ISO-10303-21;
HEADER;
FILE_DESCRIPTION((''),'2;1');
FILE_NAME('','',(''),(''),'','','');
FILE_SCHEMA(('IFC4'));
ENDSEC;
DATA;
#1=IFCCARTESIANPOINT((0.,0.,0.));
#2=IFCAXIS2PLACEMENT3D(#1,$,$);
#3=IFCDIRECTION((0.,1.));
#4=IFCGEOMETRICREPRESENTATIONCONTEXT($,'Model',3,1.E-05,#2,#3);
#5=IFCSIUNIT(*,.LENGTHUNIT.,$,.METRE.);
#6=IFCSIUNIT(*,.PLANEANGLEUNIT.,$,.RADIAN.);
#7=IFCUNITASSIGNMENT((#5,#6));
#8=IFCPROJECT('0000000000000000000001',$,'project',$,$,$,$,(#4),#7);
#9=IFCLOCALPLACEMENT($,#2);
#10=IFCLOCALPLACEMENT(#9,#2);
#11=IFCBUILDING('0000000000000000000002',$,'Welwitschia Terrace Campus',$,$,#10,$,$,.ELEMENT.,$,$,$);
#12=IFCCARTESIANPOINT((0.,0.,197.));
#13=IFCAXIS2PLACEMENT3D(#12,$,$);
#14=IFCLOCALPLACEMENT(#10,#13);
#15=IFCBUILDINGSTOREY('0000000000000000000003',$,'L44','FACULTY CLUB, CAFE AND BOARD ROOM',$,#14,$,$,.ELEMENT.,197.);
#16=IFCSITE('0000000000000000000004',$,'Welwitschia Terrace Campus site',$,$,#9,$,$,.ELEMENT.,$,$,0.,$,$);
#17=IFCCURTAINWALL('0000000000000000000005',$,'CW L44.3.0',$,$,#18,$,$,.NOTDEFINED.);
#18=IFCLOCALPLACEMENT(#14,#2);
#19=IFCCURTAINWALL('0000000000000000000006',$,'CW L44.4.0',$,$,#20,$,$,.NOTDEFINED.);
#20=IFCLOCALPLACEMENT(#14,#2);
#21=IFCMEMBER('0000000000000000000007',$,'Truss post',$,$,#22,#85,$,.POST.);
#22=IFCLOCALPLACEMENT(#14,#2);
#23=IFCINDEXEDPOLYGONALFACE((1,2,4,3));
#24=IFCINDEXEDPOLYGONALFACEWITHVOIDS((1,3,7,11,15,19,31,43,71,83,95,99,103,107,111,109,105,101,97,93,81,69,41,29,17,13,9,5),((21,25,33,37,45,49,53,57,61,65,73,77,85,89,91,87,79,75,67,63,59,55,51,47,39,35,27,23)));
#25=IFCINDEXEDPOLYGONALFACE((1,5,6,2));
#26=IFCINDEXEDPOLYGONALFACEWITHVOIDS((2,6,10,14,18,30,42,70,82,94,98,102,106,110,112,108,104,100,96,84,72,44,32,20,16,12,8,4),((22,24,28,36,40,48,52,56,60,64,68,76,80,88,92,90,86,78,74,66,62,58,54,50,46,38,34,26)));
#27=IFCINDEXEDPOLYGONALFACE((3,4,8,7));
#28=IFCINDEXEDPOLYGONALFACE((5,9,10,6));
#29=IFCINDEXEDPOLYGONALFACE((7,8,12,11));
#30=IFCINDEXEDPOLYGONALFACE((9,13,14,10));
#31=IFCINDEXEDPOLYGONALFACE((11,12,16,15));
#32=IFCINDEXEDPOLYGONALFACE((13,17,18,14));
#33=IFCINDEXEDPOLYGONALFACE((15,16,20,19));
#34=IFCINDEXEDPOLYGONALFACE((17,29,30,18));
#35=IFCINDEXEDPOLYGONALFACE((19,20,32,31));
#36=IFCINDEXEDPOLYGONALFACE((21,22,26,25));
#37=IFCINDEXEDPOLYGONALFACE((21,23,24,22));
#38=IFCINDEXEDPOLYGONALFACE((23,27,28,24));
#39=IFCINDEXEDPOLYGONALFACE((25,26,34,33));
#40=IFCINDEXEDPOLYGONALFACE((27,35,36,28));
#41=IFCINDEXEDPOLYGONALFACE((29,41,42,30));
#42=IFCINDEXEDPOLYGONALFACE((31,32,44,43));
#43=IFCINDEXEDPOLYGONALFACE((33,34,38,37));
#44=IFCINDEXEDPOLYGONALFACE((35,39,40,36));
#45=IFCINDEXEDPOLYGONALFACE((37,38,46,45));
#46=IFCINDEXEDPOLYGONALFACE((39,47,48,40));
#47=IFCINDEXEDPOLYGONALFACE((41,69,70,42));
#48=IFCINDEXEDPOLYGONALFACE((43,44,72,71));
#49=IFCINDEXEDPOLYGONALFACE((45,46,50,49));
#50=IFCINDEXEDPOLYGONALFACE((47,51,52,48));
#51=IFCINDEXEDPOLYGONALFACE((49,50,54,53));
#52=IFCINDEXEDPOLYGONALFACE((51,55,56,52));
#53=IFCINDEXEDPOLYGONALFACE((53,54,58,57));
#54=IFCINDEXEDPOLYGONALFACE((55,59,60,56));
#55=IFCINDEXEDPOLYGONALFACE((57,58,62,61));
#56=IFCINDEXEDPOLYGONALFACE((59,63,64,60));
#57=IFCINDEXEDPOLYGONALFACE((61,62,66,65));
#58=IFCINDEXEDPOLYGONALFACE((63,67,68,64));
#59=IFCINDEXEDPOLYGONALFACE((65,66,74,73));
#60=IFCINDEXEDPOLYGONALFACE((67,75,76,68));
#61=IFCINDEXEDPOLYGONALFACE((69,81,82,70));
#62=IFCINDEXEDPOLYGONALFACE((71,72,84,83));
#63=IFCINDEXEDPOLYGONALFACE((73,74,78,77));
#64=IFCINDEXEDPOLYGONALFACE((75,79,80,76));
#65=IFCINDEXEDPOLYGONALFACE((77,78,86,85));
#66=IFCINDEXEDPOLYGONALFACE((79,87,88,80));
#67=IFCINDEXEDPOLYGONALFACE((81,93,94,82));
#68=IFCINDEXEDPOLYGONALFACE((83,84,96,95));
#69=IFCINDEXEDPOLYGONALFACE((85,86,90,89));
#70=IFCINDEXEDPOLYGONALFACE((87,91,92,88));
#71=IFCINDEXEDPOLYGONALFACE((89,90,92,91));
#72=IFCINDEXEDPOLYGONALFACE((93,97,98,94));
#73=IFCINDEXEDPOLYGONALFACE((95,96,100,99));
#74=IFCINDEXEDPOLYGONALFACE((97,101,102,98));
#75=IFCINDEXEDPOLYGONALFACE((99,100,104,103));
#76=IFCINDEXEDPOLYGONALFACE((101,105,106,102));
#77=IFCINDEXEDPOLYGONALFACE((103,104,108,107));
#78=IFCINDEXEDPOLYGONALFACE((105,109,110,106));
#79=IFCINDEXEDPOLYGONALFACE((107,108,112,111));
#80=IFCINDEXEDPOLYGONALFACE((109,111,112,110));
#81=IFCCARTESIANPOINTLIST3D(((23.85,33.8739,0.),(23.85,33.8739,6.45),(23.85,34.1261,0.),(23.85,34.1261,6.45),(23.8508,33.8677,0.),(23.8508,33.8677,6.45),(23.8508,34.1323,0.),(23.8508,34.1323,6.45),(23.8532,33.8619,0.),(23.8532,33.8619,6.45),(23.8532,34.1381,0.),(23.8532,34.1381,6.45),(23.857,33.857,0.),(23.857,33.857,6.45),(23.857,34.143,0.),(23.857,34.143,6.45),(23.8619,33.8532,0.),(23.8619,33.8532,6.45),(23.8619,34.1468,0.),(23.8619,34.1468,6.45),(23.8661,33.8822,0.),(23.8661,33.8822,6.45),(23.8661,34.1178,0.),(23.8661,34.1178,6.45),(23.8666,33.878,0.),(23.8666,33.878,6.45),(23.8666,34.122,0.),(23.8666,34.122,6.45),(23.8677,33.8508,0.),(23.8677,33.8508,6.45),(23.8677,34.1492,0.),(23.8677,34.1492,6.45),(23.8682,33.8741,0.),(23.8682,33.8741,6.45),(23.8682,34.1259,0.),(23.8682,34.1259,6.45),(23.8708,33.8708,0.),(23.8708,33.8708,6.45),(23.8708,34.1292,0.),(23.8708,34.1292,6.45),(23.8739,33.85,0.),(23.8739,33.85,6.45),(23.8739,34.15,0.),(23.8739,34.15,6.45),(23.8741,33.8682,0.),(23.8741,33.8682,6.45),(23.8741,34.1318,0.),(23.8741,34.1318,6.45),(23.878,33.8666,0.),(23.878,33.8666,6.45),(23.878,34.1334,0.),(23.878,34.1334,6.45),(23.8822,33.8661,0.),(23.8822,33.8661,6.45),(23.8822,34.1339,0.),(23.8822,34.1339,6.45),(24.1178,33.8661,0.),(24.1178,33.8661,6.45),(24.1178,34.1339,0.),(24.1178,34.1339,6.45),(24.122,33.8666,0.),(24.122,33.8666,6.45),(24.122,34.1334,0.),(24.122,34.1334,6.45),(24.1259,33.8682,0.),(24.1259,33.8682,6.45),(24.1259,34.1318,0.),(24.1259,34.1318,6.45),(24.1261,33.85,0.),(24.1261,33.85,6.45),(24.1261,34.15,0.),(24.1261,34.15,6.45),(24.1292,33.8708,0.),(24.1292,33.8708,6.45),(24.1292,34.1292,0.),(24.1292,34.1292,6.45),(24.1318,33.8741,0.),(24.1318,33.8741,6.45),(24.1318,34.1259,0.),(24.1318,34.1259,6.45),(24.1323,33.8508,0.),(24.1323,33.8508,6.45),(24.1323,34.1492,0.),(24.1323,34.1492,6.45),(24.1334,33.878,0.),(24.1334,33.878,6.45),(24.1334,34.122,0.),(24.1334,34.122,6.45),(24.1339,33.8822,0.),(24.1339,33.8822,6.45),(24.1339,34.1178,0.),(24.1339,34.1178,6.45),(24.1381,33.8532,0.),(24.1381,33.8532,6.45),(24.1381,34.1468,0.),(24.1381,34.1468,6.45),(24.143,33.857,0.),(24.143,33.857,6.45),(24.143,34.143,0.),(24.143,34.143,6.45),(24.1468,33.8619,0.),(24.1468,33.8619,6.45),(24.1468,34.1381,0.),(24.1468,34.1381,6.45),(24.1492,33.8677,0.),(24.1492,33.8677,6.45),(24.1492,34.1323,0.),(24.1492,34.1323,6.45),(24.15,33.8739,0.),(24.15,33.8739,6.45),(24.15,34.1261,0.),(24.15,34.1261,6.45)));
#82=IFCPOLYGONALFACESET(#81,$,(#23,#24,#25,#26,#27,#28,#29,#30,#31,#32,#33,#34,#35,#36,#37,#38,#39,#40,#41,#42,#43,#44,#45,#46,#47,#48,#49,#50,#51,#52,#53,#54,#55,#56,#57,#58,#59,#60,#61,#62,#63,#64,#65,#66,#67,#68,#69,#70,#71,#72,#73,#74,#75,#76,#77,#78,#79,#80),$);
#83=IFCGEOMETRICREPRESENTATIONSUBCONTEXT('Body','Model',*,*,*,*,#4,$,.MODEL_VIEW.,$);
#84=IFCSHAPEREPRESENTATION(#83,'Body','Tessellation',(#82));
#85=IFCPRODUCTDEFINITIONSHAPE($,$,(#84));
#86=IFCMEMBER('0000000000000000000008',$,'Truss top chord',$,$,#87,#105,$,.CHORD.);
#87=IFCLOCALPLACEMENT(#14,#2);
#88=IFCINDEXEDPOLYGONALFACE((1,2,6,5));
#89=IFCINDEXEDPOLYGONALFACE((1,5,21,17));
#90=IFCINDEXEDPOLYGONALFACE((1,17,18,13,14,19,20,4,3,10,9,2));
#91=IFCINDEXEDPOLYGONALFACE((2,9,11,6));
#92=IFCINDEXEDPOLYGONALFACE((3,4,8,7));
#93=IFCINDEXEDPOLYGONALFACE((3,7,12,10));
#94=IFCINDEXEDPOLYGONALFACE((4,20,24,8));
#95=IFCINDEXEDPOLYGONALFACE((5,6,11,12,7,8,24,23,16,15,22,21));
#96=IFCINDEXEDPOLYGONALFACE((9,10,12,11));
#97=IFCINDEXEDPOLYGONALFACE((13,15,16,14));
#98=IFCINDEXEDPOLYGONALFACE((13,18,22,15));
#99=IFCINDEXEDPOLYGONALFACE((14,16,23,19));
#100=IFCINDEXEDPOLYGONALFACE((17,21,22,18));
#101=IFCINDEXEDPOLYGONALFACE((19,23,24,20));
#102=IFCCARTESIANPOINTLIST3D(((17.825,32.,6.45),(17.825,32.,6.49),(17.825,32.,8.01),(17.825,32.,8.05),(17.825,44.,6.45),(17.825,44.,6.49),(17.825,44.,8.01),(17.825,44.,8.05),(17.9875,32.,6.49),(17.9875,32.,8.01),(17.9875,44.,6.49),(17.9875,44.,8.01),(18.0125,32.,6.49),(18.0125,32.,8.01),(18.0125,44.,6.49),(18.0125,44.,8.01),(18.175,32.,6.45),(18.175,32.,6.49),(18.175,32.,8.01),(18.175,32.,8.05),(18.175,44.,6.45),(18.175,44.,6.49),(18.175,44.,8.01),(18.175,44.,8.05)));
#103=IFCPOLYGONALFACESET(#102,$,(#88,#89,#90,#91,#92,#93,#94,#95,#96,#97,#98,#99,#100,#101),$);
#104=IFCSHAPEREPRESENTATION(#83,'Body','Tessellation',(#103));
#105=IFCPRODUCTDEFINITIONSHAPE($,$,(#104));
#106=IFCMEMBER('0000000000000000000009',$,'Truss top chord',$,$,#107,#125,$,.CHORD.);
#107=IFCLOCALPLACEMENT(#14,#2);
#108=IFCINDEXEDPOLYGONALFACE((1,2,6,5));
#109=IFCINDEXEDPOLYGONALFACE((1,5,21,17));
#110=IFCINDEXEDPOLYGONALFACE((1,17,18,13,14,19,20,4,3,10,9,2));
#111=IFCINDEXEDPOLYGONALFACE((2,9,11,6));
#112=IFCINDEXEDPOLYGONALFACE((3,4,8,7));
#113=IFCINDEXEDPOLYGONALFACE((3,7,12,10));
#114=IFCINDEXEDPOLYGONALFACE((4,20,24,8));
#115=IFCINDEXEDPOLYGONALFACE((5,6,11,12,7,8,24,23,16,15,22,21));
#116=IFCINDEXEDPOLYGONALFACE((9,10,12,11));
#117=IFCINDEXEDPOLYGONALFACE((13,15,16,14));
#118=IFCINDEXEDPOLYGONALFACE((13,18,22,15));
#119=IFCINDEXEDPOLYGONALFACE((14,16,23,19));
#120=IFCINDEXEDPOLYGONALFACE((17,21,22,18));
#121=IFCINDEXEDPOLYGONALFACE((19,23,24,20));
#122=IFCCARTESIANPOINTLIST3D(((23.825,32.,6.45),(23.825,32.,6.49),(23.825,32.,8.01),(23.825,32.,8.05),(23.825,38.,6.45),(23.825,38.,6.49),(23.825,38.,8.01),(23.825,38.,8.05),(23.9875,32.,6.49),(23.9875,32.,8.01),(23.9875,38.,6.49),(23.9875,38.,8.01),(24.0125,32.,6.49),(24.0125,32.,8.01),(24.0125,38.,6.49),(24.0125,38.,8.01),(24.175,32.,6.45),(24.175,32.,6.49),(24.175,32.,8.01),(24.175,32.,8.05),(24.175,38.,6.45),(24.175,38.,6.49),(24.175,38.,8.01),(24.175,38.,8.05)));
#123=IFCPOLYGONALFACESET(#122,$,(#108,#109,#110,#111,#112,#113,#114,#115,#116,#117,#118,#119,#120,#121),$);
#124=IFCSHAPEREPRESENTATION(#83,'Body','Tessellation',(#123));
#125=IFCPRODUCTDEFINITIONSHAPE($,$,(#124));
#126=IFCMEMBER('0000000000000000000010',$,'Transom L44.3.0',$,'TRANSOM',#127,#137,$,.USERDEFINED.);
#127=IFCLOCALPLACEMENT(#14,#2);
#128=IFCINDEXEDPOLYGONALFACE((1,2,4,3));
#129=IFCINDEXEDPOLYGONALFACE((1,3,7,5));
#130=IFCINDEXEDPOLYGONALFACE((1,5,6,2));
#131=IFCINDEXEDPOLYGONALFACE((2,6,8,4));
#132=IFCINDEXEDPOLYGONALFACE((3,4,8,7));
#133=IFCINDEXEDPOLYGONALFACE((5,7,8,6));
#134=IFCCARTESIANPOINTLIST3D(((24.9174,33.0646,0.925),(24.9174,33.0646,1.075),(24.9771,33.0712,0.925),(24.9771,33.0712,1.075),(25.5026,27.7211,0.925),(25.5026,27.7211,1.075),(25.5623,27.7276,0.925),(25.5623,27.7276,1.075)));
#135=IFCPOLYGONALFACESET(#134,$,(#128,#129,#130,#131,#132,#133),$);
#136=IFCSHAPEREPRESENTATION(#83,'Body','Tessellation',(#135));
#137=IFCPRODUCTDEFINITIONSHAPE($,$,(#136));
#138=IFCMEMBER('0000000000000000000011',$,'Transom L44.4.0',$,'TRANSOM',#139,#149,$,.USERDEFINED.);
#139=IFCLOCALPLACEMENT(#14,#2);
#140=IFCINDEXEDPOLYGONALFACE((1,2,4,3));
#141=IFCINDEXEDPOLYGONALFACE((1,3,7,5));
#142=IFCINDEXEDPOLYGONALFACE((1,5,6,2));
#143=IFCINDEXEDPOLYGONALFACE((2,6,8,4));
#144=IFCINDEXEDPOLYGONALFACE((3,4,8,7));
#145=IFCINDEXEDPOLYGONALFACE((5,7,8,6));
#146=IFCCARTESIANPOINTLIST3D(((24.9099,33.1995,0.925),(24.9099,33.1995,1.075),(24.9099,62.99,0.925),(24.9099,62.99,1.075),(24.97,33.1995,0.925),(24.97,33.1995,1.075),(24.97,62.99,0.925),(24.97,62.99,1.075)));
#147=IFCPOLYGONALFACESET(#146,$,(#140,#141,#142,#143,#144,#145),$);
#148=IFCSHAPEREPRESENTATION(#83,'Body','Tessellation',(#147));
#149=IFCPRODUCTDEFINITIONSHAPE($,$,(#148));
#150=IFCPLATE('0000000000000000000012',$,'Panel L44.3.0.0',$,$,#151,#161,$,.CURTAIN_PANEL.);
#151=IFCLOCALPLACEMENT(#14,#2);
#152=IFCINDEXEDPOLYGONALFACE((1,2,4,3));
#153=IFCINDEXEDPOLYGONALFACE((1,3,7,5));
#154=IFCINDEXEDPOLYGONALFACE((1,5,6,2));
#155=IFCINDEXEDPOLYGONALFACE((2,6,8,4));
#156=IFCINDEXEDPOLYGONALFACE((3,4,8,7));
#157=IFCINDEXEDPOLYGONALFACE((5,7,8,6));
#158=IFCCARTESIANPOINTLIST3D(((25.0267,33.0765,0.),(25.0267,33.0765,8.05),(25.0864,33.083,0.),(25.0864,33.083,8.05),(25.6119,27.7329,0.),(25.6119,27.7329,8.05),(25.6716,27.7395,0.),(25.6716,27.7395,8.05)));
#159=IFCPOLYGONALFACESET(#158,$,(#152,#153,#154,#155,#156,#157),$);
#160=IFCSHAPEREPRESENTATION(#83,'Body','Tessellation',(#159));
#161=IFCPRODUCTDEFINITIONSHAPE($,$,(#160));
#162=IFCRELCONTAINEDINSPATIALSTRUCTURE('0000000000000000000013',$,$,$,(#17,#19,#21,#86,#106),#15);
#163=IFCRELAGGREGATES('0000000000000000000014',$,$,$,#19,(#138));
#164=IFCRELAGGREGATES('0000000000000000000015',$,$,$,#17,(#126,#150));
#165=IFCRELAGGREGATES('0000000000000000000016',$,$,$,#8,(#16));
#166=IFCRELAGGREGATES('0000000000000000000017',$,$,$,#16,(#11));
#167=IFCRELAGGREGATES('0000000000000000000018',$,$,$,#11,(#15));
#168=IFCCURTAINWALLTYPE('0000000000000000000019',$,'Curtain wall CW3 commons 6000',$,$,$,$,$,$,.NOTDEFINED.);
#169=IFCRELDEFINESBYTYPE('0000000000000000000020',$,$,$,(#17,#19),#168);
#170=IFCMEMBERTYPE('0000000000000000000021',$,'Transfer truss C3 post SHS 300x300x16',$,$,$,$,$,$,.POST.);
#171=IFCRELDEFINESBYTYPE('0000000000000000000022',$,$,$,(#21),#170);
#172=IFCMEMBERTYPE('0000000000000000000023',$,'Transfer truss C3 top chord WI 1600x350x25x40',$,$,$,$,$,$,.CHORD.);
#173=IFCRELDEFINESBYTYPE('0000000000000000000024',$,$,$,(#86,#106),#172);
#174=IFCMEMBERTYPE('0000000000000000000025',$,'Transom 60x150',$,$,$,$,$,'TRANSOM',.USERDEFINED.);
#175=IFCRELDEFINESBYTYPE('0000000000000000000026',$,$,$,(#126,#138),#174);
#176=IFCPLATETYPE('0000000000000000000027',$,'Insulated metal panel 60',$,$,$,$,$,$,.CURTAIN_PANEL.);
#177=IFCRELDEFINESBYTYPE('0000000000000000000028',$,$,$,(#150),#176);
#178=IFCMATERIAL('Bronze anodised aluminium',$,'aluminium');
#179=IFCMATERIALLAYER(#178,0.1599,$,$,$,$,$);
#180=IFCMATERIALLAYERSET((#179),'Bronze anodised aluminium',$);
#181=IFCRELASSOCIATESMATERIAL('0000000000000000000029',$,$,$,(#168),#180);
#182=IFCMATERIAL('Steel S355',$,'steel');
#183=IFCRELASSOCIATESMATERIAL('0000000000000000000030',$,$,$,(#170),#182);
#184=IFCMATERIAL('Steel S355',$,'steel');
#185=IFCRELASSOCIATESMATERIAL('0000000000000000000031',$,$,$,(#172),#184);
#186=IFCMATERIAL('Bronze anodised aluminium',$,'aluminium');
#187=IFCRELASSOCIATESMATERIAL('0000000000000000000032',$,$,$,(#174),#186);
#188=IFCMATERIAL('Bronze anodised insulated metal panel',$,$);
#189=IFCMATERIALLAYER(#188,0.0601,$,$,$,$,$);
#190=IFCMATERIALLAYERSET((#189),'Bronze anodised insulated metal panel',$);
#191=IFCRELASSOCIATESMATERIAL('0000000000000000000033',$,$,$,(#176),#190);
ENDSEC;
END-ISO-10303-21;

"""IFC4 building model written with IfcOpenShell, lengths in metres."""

from ifc_helpers import new_model, si_unit, direction, frame, origin, origin_2d, place, context, subcontext, project, spatial, rectangle, hollow_rectangle, i_section, extrude, material, layer, layer_set, material_profile, profile_set, type_object, element, aggregate, save


model = new_model("IFC4")

# Units and contexts
model_context = context("Model", 3, precision=1e-05, world=origin(), true_north=direction((0.0, 1.0)))
body_context = subcontext(model_context, "Body", "Model", "MODEL_VIEW")
ifc_project = project(units=[si_unit("LENGTHUNIT", "METRE"), si_unit("PLANEANGLEUNIT", "RADIAN")], contexts=[model_context])

# Site, building, storey
site_placement = place(None, origin())
site = spatial("IfcSite", under=ifc_project, at=site_placement, Name="Welwitschia Terrace Campus site", CompositionType="ELEMENT", RefElevation=0.0)
building_placement = place(site_placement, origin())
building = spatial("IfcBuilding", under=site, at=building_placement, Name="Welwitschia Terrace Campus", CompositionType="ELEMENT")
storey_placement = place(building_placement, frame((0.0, 0.0, 197.0)))
storey = spatial("IfcBuildingStorey", under=building, at=storey_placement, Name="L44", Description="FACULTY CLUB, CAFE AND BOARD ROOM", CompositionType="ELEMENT", Elevation=197.0)

# Shared definitions
ifc_material_1 = material(Name="Bronze anodised aluminium", Category="aluminium")
ifc_layer_1 = layer(ifc_material_1, 0.1599)
ifc_layer_set_1 = layer_set([ifc_layer_1], Name="Bronze anodised aluminium")
curtain_wall_type = type_object("IfcCurtainWallType", Name="Curtain wall CW3 commons 6000", PredefinedType="NOTDEFINED", material=ifc_layer_set_1)

# Curtain wall
curtain_wall_1_placement = place(storey_placement, origin())
curtain_wall_1 = element("IfcCurtainWall", 1, at=curtain_wall_1_placement, inside=storey, type_object=curtain_wall_type, Name="CW L44.3.0", PredefinedType="NOTDEFINED")

# Curtain wall
curtain_wall_2_placement = place(storey_placement, origin())
curtain_wall_2 = element("IfcCurtainWall", 2, at=curtain_wall_2_placement, inside=storey, type_object=curtain_wall_type, Name="CW L44.4.0", PredefinedType="NOTDEFINED")

# Members
ifc_material_2 = material(Name="Steel S355", Category="steel")
ifc_material_profile_1 = material_profile(ifc_material_2, hollow_rectangle(XDim=0.3, YDim=0.3, WallThickness=0.0161, InnerFilletRadius=0.0161, OuterFilletRadius=0.0239, at=origin_2d()))
ifc_profile_set_1 = profile_set([ifc_material_profile_1], Name="Steel S355")
member_type_1 = type_object("IfcMemberType", Name="Transfer truss C3 post SHS 300x300x16", PredefinedType="POST", material=ifc_profile_set_1)
for number, where, z_axis, x_axis, name in (
    (3, (24.0, 34.0, 0.0), (0.0, 0.0, 1.0), (1.0, 0.0, 0.0), "Truss post"),
):
    element("IfcMember", number, at=place(storey_placement, frame(where, z_axis=z_axis, x_axis=x_axis)), inside=storey, type_object=member_type_1, Name=name, PredefinedType="POST", context=body_context, shape_type="SweptSolid", body=[
        extrude(hollow_rectangle(XDim=0.3, YDim=0.3, WallThickness=0.0161, InnerFilletRadius=0.0161, OuterFilletRadius=0.0239, at=origin_2d()), origin(), (0.0, 0.0, 1.0), 6.45),
    ])
ifc_material_3 = material(Name="Steel S355", Category="steel")
ifc_material_profile_2 = material_profile(ifc_material_3, i_section(OverallWidth=0.3501, OverallDepth=1.6001, WebThickness=0.0249, FlangeThickness=0.04, at=origin_2d()))
ifc_profile_set_2 = profile_set([ifc_material_profile_2], Name="Steel S355")
member_type_2 = type_object("IfcMemberType", Name="Transfer truss C3 top chord WI 1600x350x25x40", PredefinedType="CHORD", material=ifc_profile_set_2)
member_1_placement = place(storey_placement, frame((18.0, 32.0, 7.25), z_axis=(0.0, 1.0, 0.0), x_axis=(-1.0, 0.0, 0.0)))
element("IfcMember", 4, at=member_1_placement, inside=storey, type_object=member_type_2, Name="Truss top chord", PredefinedType="CHORD", context=body_context, shape_type="SweptSolid", body=[
    extrude(i_section(OverallWidth=0.3501, OverallDepth=1.6001, WebThickness=0.0249, FlangeThickness=0.04, at=origin_2d()), origin(), (0.0, 0.0, 1.0), 12.0),
])
member_2_placement = place(storey_placement, frame((24.0, 32.0, 7.25), z_axis=(0.0, 1.0, 0.0), x_axis=(-1.0, 0.0, 0.0)))
element("IfcMember", 5, at=member_2_placement, inside=storey, type_object=member_type_2, Name="Truss top chord", PredefinedType="CHORD", context=body_context, shape_type="SweptSolid", body=[
    extrude(i_section(OverallWidth=0.3501, OverallDepth=1.6001, WebThickness=0.0249, FlangeThickness=0.04, at=origin_2d()), origin(), (0.0, 0.0, 1.0), 6.0),
])

# Members
ifc_material_4 = material(Name="Bronze anodised aluminium", Category="aluminium")
ifc_material_profile_3 = material_profile(ifc_material_4, rectangle(XDim=0.0601, YDim=0.1499, at=origin_2d()))
ifc_profile_set_3 = profile_set([ifc_material_profile_3], Name="Bronze anodised aluminium")
member_type_3 = type_object("IfcMemberType", Name="Transom 60x150", ElementType="TRANSOM", PredefinedType="USERDEFINED", material=ifc_profile_set_3)
member_3_placement = place(storey_placement, frame((25.5325, 27.7244, 1.0), z_axis=(-0.108866, 0.994056, 0.0), x_axis=(-0.994056, -0.108866, 0.0)))
member_3 = element("IfcMember", 6, at=member_3_placement, type_object=member_type_3, Name="Transom L44.3.0", ObjectType="TRANSOM", PredefinedType="USERDEFINED", context=body_context, shape_type="SweptSolid", body=[
    extrude(rectangle(XDim=0.0601, YDim=0.1499, at=origin_2d()), origin(), (0.0, 0.0, 1.0), 5.3755),
])
member_4_placement = place(storey_placement, frame((24.9399, 33.1995, 1.0), z_axis=(0.0, 1.0, 0.0), x_axis=(-1.0, 0.0, 0.0)))
member_4 = element("IfcMember", 7, at=member_4_placement, type_object=member_type_3, Name="Transom L44.4.0", ObjectType="TRANSOM", PredefinedType="USERDEFINED", context=body_context, shape_type="SweptSolid", body=[
    extrude(rectangle(XDim=0.0601, YDim=0.1499, at=origin_2d()), origin(), (0.0, 0.0, 1.0), 29.7905),
])
aggregate(curtain_wall_2, [member_4])

# Plate
ifc_material_5 = material(Name="Bronze anodised insulated metal panel")
ifc_layer_2 = layer(ifc_material_5, 0.0601)
ifc_layer_set_2 = layer_set([ifc_layer_2], Name="Bronze anodised insulated metal panel")
plate_type = type_object("IfcPlateType", Name="Insulated metal panel 60", PredefinedType="CURTAIN_PANEL", material=ifc_layer_set_2)
plate_placement = place(storey_placement, frame((25.3491, 30.408, 0.0), z_axis=(0.0, 0.0, 1.0), x_axis=(-0.108867, 0.994056, 0.0)))
plate = element("IfcPlate", 8, at=plate_placement, type_object=plate_type, Name="Panel L44.3.0.0", PredefinedType="CURTAIN_PANEL", context=body_context, shape_type="SweptSolid", body=[
    extrude(rectangle(XDim=5.3755, YDim=0.0601, at=origin_2d()), origin(), (0.0, 0.0, 1.0), 8.05),
])
aggregate(curtain_wall_1, [member_3, plate])

save(model, "model.ifc")
